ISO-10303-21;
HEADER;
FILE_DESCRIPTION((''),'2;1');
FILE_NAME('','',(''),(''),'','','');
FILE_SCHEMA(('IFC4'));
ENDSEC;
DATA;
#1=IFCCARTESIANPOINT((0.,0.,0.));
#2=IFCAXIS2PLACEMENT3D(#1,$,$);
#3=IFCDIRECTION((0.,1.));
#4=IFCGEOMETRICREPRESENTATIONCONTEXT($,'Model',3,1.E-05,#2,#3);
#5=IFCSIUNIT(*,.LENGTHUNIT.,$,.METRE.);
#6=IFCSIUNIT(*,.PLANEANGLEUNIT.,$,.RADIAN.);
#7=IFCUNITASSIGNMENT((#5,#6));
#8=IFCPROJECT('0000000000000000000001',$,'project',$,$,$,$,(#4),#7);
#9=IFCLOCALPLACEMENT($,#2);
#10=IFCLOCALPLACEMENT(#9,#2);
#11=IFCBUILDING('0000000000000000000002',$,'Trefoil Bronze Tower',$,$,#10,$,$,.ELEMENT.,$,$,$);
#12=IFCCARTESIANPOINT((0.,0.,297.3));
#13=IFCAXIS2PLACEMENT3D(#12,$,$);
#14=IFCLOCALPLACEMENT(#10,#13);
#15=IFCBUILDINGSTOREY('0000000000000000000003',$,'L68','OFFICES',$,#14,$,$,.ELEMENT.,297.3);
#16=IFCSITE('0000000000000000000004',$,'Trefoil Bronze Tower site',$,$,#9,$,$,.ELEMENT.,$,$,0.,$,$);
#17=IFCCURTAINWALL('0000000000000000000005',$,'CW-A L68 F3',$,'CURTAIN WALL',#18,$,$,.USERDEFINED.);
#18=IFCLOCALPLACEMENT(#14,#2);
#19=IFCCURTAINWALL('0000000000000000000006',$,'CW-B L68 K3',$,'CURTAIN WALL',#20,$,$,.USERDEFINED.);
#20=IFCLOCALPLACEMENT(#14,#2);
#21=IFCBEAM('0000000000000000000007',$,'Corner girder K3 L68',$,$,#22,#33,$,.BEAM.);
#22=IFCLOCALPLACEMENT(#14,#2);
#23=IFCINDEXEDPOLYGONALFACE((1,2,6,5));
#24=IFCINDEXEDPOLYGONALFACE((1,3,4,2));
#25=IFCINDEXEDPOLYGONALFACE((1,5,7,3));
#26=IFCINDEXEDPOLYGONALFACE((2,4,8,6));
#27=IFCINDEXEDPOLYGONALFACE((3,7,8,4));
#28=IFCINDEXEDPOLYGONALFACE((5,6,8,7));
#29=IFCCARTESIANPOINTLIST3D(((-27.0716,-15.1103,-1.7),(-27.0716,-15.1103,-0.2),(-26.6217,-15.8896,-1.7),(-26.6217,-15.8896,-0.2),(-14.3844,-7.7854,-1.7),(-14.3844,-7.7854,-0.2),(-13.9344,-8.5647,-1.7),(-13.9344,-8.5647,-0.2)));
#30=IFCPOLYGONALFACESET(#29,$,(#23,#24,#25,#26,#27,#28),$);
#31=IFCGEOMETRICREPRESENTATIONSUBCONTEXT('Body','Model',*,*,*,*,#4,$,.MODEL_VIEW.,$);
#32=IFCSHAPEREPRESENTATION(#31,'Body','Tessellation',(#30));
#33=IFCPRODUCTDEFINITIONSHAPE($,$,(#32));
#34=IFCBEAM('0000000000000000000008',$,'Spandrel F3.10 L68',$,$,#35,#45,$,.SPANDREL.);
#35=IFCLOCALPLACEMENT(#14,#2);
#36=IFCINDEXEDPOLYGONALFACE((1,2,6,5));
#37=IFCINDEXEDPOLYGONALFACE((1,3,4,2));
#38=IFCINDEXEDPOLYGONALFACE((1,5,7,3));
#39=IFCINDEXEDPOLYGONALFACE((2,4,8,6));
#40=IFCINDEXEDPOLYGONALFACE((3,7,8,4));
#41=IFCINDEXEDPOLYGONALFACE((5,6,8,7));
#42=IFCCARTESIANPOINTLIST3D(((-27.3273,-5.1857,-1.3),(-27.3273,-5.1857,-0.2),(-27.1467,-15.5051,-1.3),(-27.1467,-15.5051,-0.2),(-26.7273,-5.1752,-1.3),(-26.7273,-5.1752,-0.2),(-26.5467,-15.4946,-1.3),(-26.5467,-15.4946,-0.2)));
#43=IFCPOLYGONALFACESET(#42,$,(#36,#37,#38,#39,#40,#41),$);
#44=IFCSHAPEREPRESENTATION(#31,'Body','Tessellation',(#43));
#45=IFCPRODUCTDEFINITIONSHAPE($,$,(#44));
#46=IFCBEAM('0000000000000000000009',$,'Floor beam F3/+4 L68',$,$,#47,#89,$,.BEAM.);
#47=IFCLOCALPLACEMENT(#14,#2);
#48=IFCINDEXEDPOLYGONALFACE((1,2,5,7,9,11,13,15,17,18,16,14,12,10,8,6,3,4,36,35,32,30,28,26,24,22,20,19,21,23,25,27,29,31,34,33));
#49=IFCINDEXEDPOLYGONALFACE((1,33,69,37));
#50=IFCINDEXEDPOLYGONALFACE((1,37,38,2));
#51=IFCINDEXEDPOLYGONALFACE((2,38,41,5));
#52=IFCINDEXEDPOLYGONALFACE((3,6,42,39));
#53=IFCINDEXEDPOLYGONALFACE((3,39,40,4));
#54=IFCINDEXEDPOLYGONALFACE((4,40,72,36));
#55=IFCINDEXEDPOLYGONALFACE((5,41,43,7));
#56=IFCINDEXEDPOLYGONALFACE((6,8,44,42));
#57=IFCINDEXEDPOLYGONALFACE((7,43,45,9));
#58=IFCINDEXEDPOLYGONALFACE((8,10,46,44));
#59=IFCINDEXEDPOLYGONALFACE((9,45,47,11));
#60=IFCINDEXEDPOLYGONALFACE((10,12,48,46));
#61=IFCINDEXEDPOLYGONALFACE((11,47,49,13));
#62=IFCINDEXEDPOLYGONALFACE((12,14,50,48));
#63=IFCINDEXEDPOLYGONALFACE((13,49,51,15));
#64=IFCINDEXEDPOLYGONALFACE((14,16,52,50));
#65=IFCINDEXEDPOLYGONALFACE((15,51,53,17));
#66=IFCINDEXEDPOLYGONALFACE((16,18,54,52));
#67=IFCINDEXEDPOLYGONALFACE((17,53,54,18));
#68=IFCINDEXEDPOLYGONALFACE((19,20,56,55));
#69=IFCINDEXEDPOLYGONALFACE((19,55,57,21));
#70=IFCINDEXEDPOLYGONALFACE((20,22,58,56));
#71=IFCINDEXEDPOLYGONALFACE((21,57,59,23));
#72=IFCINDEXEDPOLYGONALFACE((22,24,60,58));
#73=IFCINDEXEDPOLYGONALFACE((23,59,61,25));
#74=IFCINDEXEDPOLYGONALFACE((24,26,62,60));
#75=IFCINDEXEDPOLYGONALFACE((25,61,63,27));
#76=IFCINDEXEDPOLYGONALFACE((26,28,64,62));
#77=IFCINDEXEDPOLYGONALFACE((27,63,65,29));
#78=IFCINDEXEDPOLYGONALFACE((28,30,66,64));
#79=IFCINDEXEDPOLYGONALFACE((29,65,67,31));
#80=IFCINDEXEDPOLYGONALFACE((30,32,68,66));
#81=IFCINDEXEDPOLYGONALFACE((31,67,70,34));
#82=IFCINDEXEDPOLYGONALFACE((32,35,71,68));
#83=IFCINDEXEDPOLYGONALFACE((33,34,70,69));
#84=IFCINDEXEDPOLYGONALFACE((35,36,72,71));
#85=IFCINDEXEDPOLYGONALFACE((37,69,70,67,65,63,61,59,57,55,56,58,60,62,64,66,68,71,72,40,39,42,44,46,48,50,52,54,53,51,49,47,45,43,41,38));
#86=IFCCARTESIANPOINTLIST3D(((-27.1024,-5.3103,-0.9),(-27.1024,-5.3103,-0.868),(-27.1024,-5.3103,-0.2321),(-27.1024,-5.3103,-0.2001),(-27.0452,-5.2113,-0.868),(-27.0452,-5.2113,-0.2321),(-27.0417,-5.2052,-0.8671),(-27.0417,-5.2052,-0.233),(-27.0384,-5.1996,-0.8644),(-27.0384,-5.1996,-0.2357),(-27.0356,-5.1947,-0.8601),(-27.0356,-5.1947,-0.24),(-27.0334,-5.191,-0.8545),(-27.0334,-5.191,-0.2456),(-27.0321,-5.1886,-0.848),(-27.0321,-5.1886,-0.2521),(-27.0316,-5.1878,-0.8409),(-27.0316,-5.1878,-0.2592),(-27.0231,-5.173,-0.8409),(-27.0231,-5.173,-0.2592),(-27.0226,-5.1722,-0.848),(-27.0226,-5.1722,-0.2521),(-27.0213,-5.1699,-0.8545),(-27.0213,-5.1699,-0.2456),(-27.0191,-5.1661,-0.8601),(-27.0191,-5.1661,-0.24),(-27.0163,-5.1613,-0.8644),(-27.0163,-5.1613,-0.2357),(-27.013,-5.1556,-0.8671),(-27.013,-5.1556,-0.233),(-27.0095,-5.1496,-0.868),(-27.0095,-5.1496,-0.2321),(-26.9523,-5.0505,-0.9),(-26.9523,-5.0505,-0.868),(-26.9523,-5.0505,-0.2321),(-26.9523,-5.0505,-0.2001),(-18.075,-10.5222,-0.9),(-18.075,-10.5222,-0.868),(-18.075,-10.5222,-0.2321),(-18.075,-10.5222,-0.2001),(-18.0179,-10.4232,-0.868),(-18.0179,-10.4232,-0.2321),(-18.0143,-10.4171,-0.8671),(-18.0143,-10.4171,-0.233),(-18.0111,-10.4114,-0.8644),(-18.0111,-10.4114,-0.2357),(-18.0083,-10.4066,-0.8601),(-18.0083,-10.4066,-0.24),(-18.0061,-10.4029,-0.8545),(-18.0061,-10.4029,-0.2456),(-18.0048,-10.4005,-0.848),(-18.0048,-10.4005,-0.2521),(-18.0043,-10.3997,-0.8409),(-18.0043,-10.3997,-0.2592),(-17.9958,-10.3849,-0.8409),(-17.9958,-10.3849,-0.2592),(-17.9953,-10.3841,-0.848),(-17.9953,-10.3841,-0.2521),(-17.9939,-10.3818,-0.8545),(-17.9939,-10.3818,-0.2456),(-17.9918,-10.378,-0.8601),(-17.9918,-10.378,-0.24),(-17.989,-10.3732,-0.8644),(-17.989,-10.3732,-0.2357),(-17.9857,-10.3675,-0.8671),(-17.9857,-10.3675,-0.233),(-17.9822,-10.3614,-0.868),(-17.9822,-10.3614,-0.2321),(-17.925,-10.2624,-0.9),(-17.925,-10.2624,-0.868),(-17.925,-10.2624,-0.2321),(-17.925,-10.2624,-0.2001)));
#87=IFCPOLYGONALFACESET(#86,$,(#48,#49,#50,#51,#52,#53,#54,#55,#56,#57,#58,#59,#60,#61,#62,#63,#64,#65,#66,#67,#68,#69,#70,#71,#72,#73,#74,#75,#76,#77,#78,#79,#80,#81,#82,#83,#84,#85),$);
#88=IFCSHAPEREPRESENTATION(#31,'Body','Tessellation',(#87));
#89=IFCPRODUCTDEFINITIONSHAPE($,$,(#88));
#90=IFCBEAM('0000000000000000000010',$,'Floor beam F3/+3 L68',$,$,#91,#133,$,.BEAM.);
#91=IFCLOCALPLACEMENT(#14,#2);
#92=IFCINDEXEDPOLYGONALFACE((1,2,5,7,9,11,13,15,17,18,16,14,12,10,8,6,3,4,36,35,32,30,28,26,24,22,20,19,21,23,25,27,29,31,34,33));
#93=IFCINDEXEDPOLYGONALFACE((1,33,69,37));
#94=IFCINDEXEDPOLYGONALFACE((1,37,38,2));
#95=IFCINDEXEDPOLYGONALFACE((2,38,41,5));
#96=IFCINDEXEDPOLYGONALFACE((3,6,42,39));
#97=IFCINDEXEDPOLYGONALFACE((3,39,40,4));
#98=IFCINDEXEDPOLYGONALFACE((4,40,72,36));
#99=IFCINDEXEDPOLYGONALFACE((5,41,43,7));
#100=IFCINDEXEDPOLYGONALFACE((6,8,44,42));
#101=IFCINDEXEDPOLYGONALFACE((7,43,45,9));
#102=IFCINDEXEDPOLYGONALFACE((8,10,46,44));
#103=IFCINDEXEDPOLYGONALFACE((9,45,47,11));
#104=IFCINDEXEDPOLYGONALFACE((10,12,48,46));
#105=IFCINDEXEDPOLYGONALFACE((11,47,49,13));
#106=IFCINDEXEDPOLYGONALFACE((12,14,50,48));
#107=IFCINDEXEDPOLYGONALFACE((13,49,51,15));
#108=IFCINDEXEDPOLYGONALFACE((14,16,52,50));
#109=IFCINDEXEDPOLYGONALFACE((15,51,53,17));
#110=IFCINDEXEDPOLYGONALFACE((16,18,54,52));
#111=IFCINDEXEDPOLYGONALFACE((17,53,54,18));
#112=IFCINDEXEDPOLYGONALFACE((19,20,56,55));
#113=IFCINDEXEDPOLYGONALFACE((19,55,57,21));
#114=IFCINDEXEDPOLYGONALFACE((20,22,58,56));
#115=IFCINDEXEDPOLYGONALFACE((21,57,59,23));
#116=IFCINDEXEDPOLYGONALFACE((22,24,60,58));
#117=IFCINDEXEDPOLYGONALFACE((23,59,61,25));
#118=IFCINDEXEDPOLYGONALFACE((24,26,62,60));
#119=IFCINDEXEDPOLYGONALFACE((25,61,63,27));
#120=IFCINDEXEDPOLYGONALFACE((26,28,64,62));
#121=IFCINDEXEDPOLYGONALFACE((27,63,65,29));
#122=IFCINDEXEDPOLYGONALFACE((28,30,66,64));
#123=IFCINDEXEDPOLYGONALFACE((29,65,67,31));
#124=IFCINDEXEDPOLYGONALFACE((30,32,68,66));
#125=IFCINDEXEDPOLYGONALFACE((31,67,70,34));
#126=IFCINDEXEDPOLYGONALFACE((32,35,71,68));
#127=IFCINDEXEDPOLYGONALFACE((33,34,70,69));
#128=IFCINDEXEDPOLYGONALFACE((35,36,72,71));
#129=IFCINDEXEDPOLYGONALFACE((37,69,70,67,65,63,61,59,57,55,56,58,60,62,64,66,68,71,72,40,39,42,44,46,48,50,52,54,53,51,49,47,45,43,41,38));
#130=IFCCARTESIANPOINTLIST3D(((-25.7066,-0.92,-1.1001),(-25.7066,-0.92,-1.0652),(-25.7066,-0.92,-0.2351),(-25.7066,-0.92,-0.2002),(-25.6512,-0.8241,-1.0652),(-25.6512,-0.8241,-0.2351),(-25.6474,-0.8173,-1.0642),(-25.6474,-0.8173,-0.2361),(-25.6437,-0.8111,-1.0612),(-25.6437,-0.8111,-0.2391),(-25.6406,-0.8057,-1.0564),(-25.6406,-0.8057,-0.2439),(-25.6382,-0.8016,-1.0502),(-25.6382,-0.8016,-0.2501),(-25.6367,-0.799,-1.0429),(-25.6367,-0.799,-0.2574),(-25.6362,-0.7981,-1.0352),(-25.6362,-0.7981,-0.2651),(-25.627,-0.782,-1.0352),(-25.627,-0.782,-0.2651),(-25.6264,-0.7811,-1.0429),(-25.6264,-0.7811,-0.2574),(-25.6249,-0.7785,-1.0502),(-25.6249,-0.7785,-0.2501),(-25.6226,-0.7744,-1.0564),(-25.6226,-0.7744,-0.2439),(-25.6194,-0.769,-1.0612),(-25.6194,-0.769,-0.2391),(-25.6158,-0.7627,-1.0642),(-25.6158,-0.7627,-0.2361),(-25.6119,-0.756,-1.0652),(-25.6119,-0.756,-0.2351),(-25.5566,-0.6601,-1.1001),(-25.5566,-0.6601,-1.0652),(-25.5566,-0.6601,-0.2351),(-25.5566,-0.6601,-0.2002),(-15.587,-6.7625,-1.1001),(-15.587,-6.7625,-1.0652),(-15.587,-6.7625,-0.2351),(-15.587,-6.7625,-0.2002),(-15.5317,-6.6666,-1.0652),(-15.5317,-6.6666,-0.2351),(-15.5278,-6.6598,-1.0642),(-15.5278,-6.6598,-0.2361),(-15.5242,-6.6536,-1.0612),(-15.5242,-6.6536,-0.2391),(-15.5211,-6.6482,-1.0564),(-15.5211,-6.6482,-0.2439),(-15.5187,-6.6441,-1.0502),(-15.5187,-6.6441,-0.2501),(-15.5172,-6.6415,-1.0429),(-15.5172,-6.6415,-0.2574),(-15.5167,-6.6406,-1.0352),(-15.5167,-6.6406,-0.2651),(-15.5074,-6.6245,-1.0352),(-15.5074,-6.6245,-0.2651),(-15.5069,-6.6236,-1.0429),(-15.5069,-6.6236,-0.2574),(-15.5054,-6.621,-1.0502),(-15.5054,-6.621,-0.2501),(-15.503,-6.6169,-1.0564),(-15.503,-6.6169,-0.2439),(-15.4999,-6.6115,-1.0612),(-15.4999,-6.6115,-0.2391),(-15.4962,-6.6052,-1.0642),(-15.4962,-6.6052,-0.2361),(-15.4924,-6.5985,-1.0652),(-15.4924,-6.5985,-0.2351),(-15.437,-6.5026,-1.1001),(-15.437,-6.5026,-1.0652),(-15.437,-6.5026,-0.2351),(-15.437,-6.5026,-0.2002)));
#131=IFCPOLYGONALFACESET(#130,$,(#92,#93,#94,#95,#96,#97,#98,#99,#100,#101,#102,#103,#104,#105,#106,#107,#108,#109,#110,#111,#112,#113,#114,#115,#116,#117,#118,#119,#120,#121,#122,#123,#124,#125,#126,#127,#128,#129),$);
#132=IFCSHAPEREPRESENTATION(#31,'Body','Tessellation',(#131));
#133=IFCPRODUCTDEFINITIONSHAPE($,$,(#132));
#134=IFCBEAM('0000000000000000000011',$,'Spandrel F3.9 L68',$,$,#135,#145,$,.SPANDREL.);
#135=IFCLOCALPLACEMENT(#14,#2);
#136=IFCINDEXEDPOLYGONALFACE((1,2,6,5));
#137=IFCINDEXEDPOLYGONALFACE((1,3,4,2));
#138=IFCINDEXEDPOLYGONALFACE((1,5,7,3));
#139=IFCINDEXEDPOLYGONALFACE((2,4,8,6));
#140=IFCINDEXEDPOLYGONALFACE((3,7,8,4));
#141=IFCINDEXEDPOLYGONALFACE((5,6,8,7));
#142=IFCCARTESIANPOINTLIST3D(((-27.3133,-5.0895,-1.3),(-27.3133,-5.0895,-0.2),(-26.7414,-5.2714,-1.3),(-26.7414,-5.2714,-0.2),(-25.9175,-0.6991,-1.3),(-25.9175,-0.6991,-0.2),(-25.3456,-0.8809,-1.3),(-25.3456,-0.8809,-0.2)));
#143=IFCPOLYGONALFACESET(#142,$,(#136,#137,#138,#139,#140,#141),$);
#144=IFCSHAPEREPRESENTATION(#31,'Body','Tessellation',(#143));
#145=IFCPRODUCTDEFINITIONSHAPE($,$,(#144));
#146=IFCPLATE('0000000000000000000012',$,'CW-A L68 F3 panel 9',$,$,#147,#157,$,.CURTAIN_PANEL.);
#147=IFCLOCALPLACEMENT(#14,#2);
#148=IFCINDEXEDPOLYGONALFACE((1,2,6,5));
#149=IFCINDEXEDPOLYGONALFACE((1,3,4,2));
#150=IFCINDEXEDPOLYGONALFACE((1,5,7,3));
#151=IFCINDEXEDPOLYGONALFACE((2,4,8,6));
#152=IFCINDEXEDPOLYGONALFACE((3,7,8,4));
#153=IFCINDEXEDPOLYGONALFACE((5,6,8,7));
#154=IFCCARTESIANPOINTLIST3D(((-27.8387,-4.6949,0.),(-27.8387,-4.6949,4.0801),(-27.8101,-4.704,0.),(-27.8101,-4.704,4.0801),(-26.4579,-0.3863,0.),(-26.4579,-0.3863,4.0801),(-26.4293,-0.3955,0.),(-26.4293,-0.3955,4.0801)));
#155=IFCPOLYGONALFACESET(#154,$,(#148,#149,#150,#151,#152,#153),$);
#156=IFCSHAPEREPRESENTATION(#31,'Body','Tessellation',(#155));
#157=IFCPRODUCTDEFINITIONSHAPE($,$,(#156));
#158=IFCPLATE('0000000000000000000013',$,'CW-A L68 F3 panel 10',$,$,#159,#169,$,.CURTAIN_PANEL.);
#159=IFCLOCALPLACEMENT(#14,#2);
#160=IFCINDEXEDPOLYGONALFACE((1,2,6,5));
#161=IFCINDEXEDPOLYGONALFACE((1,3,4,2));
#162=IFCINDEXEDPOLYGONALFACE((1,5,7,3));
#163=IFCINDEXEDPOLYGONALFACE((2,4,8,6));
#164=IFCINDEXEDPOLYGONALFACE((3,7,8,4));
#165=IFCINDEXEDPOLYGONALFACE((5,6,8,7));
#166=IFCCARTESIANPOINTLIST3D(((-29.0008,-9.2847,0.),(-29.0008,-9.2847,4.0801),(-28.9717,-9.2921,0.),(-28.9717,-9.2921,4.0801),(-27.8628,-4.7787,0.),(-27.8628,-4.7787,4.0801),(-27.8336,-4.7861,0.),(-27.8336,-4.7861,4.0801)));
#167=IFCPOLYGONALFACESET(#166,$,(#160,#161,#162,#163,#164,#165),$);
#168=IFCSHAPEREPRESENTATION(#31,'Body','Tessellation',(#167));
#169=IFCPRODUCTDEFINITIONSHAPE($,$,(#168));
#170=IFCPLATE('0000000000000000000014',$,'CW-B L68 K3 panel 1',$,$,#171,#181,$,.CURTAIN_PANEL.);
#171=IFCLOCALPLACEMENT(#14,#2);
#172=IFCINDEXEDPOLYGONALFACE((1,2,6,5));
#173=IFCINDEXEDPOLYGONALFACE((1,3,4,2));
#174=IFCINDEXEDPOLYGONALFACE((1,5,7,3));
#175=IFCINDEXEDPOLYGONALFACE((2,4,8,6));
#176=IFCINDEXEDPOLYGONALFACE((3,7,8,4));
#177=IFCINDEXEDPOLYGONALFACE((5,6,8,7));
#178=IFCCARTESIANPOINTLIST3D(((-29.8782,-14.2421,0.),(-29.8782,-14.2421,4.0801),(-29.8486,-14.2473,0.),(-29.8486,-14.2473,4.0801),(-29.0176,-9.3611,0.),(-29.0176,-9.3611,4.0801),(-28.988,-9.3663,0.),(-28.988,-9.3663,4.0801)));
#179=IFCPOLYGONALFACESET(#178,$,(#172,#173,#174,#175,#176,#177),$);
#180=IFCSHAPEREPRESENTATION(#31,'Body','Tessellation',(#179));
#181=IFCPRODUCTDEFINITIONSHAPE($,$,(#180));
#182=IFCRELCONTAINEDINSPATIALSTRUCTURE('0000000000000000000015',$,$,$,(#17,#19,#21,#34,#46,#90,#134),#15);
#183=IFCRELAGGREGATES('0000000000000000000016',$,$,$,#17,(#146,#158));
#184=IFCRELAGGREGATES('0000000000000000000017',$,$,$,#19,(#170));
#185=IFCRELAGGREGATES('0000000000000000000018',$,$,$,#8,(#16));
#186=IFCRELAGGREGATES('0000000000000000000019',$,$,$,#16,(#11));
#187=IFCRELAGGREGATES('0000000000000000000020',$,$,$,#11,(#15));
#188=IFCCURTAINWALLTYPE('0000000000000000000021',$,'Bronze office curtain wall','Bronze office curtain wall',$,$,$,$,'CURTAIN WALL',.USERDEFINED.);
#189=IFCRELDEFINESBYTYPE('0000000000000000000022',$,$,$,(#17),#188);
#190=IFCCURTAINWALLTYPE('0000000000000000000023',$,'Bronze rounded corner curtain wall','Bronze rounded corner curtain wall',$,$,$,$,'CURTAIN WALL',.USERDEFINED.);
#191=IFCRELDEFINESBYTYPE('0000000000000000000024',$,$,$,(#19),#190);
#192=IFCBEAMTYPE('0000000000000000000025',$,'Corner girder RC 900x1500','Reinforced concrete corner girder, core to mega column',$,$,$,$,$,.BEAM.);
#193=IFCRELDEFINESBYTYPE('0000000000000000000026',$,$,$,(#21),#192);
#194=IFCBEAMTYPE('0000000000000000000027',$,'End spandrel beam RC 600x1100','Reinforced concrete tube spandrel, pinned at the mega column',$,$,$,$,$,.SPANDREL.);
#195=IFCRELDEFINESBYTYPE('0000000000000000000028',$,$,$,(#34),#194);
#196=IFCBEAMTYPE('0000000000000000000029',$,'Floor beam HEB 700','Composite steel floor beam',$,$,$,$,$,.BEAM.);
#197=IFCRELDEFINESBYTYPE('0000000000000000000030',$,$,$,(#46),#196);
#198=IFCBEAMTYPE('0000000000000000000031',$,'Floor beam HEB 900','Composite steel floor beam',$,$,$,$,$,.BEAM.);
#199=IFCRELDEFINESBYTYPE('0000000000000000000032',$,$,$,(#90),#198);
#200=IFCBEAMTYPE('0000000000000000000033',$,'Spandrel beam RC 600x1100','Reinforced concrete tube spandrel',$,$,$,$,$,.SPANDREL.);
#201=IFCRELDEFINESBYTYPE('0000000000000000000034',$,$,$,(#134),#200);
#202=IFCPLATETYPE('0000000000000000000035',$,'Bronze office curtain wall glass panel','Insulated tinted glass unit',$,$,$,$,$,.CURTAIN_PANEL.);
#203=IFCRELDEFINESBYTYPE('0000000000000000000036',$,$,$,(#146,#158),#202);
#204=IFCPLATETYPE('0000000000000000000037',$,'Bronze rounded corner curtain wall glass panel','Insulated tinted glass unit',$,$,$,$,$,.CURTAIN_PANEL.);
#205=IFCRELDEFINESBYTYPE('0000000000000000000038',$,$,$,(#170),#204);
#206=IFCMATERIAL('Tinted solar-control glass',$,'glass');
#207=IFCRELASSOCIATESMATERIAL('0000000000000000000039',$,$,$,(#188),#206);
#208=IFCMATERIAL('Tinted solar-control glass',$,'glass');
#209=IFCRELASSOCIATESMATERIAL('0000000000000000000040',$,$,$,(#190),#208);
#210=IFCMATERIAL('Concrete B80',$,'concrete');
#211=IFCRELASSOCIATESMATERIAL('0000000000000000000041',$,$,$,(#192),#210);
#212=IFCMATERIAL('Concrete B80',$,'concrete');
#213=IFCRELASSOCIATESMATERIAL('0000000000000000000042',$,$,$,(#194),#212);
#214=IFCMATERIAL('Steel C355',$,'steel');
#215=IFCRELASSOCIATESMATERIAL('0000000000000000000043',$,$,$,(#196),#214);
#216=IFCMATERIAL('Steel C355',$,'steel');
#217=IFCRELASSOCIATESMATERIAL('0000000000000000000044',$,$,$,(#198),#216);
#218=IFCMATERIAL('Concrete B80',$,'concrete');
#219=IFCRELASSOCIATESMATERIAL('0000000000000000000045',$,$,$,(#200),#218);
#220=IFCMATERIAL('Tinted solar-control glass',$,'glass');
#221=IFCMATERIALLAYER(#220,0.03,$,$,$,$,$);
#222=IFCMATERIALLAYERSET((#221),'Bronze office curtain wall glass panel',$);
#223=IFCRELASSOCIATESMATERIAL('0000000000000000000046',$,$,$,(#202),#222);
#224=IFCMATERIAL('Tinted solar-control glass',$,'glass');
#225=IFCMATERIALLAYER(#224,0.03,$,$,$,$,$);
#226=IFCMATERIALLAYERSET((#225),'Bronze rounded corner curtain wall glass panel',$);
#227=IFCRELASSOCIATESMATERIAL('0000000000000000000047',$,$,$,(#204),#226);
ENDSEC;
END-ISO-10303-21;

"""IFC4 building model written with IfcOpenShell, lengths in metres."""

from ifc_helpers import new_model, si_unit, direction, frame, origin, origin_2d, place, context, subcontext, project, spatial, rectangle, i_section, extrude, material, layer, layer_set, material_profile, profile_set, type_object, element, aggregate, save


model = new_model("IFC4")

# Units and contexts
model_context = context("Model", 3, precision=1e-05, world=origin(), true_north=direction((0.0, 1.0)))
body_context = subcontext(model_context, "Body", "Model", "MODEL_VIEW")
ifc_project = project(units=[si_unit("LENGTHUNIT", "METRE"), si_unit("PLANEANGLEUNIT", "RADIAN")], contexts=[model_context])

# Site, building, storey
site_placement = place(None, origin())
site = spatial("IfcSite", under=ifc_project, at=site_placement, Name="Trefoil Bronze Tower site", CompositionType="ELEMENT", RefElevation=0.0)
building_placement = place(site_placement, origin())
building = spatial("IfcBuilding", under=site, at=building_placement, Name="Trefoil Bronze Tower", CompositionType="ELEMENT")
storey_placement = place(building_placement, frame((0.0, 0.0, 297.3)))
storey = spatial("IfcBuildingStorey", under=building, at=storey_placement, Name="L68", Description="OFFICES", CompositionType="ELEMENT", Elevation=297.3)

# Curtain walls
ifc_material_1 = material(Name="Tinted solar-control glass", Category="glass")
curtain_wall_type_1 = type_object("IfcCurtainWallType", Name="Bronze office curtain wall", Description="Bronze office curtain wall", ElementType="CURTAIN WALL", PredefinedType="USERDEFINED", material=ifc_material_1)
curtain_wall_1_placement = place(storey_placement, origin())
curtain_wall_1 = element("IfcCurtainWall", 1, at=curtain_wall_1_placement, inside=storey, type_object=curtain_wall_type_1, Name="CW-A L68 F3", ObjectType="CURTAIN WALL", PredefinedType="USERDEFINED")
ifc_material_2 = material(Name="Tinted solar-control glass", Category="glass")
curtain_wall_type_2 = type_object("IfcCurtainWallType", Name="Bronze rounded corner curtain wall", Description="Bronze rounded corner curtain wall", ElementType="CURTAIN WALL", PredefinedType="USERDEFINED", material=ifc_material_2)
curtain_wall_2_placement = place(storey_placement, origin())
curtain_wall_2 = element("IfcCurtainWall", 2, at=curtain_wall_2_placement, inside=storey, type_object=curtain_wall_type_2, Name="CW-B L68 K3", ObjectType="CURTAIN WALL", PredefinedType="USERDEFINED")

# Beams
ifc_material_3 = material(Name="Concrete B80", Category="concrete")
ifc_material_profile_1 = material_profile(ifc_material_3, rectangle(XDim=0.8999, YDim=1.5, at=origin_2d()), Name="RC 900x1500")
ifc_profile_set_1 = profile_set([ifc_material_profile_1], Name="Concrete B80")
beam_type_1 = type_object("IfcBeamType", Name="Corner girder RC 900x1500", Description="Reinforced concrete corner girder, core to mega column", PredefinedType="BEAM", material=ifc_profile_set_1)
beam_1_placement = place(storey_placement, frame((-14.1594, -8.175, -0.95), z_axis=(-0.866027, -0.499998, 0.0), x_axis=(0.499998, -0.866027, 0.0)))
element("IfcBeam", 3, at=beam_1_placement, inside=storey, type_object=beam_type_1, Name="Corner girder K3 L68", PredefinedType="BEAM", context=body_context, shape_type="SweptSolid", body=[
    extrude(rectangle(XDim=0.8999, YDim=1.5, at=origin_2d()), origin(), (0.0, 0.0, 1.0), 14.6499),
])
ifc_material_4 = material(Name="Concrete B80", Category="concrete")
ifc_material_profile_2 = material_profile(ifc_material_4, rectangle(XDim=0.6001, YDim=1.1001, at=origin_2d()), Name="RC 600x1100")
ifc_profile_set_2 = profile_set([ifc_material_profile_2], Name="Concrete B80")
beam_type_2 = type_object("IfcBeamType", Name="End spandrel beam RC 600x1100", Description="Reinforced concrete tube spandrel, pinned at the mega column", PredefinedType="SPANDREL", material=ifc_profile_set_2)
beam_2_placement = place(storey_placement, frame((-27.0273, -5.1804, -0.75), z_axis=(0.017504, -0.999847, 0.0), x_axis=(0.999847, 0.017504, 0.0)))
element("IfcBeam", 4, at=beam_2_placement, inside=storey, type_object=beam_type_2, Name="Spandrel F3.10 L68", PredefinedType="SPANDREL", context=body_context, shape_type="SweptSolid", body=[
    extrude(rectangle(XDim=0.6001, YDim=1.1001, at=origin_2d()), origin(), (0.0, 0.0, 1.0), 10.321),
])
ifc_material_5 = material(Name="Steel C355", Category="steel")
ifc_material_profile_3 = material_profile(ifc_material_5, i_section(OverallWidth=0.3, OverallDepth=0.7, WebThickness=0.0171, FlangeThickness=0.032, FilletRadius=0.0271, at=origin_2d()), Name="HEB 700")
ifc_profile_set_3 = profile_set([ifc_material_profile_3], Name="Steel C355")
beam_type_3 = type_object("IfcBeamType", Name="Floor beam HEB 700", Description="Composite steel floor beam", PredefinedType="BEAM", material=ifc_profile_set_3)
beam_3_placement = place(storey_placement, frame((-27.0273, -5.1804, -0.55), z_axis=(0.866026, -0.499998, 0.0), x_axis=(0.499998, 0.866026, 0.0)))
element("IfcBeam", 5, at=beam_3_placement, inside=storey, type_object=beam_type_3, Name="Floor beam F3/+4 L68", PredefinedType="BEAM", context=body_context, shape_type="SweptSolid", body=[
    extrude(i_section(OverallWidth=0.3, OverallDepth=0.7, WebThickness=0.0171, FlangeThickness=0.032, FilletRadius=0.0271, at=origin_2d()), origin(), (0.0, 0.0, 1.0), 10.4238),
])
ifc_material_6 = material(Name="Steel C355", Category="steel")
ifc_material_profile_4 = material_profile(ifc_material_6, i_section(OverallWidth=0.3, OverallDepth=0.8999, WebThickness=0.0186, FlangeThickness=0.0349, FilletRadius=0.03, at=origin_2d()), Name="HEB 900")
ifc_profile_set_4 = profile_set([ifc_material_profile_4], Name="Steel C355")
beam_type_4 = type_object("IfcBeamType", Name="Floor beam HEB 900", Description="Composite steel floor beam", PredefinedType="BEAM", material=ifc_profile_set_4)
beam_4_placement = place(storey_placement, frame((-25.6316, -0.79, -0.6501), z_axis=(0.866027, -0.499997, 0.0), x_axis=(0.499997, 0.866027, 0.0)))
element("IfcBeam", 6, at=beam_4_placement, inside=storey, type_object=beam_type_4, Name="Floor beam F3/+3 L68", PredefinedType="BEAM", context=body_context, shape_type="SweptSolid", body=[
    extrude(i_section(OverallWidth=0.3, OverallDepth=0.8999, WebThickness=0.0186, FlangeThickness=0.0349, FilletRadius=0.03, at=origin_2d()), origin(), (0.0, 0.0, 1.0), 11.6851),
])
ifc_material_7 = material(Name="Concrete B80", Category="concrete")
ifc_material_profile_5 = material_profile(ifc_material_7, rectangle(XDim=0.6001, YDim=1.1001, at=origin_2d()), Name="RC 600x1100")
ifc_profile_set_5 = profile_set([ifc_material_profile_5], Name="Concrete B80")
beam_type_5 = type_object("IfcBeamType", Name="Spandrel beam RC 600x1100", Description="Reinforced concrete tube spandrel", PredefinedType="SPANDREL", material=ifc_profile_set_5)
beam_5_placement = place(storey_placement, frame((-25.6316, -0.79, -0.75), z_axis=(-0.30297, -0.953, 0.0), x_axis=(0.953, -0.30297, 0.0)))
element("IfcBeam", 7, at=beam_5_placement, inside=storey, type_object=beam_type_5, Name="Spandrel F3.9 L68", PredefinedType="SPANDREL", context=body_context, shape_type="SweptSolid", body=[
    extrude(rectangle(XDim=0.6001, YDim=1.1001, at=origin_2d()), origin(), (0.0, 0.0, 1.0), 4.6069),
])

# Plates
ifc_material_8 = material(Name="Tinted solar-control glass", Category="glass")
ifc_layer_1 = layer(ifc_material_8, 0.03)
ifc_layer_set_1 = layer_set([ifc_layer_1], Name="Bronze office curtain wall glass panel")
plate_type_1 = type_object("IfcPlateType", Name="Bronze office curtain wall glass panel", Description="Insulated tinted glass unit", PredefinedType="CURTAIN_PANEL", material=ifc_layer_set_1)
plate_1_placement = place(storey_placement, frame((-27.134, -2.5452, 0.0), z_axis=(0.0, 0.0, 1.0), x_axis=(-0.305188, -0.952292, 0.0)))
plate_1 = element("IfcPlate", 8, at=plate_1_placement, type_object=plate_type_1, Name="CW-A L68 F3 panel 9", PredefinedType="CURTAIN_PANEL", context=body_context, shape_type="SweptSolid", body=[
    extrude(rectangle(XDim=4.5244, YDim=0.03, at=origin_2d()), origin(), (0.0, 0.0, 1.0), 4.0801),
])
plate_2_placement = place(storey_placement, frame((-28.4172, -7.0354, 0.0), z_axis=(0.0, 0.0, 1.0), x_axis=(-0.24488, -0.969554, 0.0)))
plate_2 = element("IfcPlate", 9, at=plate_2_placement, type_object=plate_type_1, Name="CW-A L68 F3 panel 10", PredefinedType="CURTAIN_PANEL", context=body_context, shape_type="SweptSolid", body=[
    extrude(rectangle(XDim=4.6475, YDim=0.03, at=origin_2d()), origin(), (0.0, 0.0, 1.0), 4.0801),
])
aggregate(curtain_wall_1, [plate_1, plate_2])
ifc_material_9 = material(Name="Tinted solar-control glass", Category="glass")
ifc_layer_2 = layer(ifc_material_9, 0.03)
ifc_layer_set_2 = layer_set([ifc_layer_2], Name="Bronze rounded corner curtain wall glass panel")
plate_type_2 = type_object("IfcPlateType", Name="Bronze rounded corner curtain wall glass panel", Description="Insulated tinted glass unit", PredefinedType="CURTAIN_PANEL", material=ifc_layer_set_2)
plate_3_placement = place(storey_placement, frame((-29.4331, -11.8042, 0.0), z_axis=(0.0, 0.0, 1.0), x_axis=(-0.173648, -0.984808, 0.0)))
plate_3 = element("IfcPlate", 10, at=plate_3_placement, type_object=plate_type_2, Name="CW-B L68 K3 panel 1", PredefinedType="CURTAIN_PANEL", context=body_context, shape_type="SweptSolid", body=[
    extrude(rectangle(XDim=4.9563, YDim=0.03, at=origin_2d()), origin(), (0.0, 0.0, 1.0), 4.0801),
])
aggregate(curtain_wall_2, [plate_3])

save(model, "model.ifc")
